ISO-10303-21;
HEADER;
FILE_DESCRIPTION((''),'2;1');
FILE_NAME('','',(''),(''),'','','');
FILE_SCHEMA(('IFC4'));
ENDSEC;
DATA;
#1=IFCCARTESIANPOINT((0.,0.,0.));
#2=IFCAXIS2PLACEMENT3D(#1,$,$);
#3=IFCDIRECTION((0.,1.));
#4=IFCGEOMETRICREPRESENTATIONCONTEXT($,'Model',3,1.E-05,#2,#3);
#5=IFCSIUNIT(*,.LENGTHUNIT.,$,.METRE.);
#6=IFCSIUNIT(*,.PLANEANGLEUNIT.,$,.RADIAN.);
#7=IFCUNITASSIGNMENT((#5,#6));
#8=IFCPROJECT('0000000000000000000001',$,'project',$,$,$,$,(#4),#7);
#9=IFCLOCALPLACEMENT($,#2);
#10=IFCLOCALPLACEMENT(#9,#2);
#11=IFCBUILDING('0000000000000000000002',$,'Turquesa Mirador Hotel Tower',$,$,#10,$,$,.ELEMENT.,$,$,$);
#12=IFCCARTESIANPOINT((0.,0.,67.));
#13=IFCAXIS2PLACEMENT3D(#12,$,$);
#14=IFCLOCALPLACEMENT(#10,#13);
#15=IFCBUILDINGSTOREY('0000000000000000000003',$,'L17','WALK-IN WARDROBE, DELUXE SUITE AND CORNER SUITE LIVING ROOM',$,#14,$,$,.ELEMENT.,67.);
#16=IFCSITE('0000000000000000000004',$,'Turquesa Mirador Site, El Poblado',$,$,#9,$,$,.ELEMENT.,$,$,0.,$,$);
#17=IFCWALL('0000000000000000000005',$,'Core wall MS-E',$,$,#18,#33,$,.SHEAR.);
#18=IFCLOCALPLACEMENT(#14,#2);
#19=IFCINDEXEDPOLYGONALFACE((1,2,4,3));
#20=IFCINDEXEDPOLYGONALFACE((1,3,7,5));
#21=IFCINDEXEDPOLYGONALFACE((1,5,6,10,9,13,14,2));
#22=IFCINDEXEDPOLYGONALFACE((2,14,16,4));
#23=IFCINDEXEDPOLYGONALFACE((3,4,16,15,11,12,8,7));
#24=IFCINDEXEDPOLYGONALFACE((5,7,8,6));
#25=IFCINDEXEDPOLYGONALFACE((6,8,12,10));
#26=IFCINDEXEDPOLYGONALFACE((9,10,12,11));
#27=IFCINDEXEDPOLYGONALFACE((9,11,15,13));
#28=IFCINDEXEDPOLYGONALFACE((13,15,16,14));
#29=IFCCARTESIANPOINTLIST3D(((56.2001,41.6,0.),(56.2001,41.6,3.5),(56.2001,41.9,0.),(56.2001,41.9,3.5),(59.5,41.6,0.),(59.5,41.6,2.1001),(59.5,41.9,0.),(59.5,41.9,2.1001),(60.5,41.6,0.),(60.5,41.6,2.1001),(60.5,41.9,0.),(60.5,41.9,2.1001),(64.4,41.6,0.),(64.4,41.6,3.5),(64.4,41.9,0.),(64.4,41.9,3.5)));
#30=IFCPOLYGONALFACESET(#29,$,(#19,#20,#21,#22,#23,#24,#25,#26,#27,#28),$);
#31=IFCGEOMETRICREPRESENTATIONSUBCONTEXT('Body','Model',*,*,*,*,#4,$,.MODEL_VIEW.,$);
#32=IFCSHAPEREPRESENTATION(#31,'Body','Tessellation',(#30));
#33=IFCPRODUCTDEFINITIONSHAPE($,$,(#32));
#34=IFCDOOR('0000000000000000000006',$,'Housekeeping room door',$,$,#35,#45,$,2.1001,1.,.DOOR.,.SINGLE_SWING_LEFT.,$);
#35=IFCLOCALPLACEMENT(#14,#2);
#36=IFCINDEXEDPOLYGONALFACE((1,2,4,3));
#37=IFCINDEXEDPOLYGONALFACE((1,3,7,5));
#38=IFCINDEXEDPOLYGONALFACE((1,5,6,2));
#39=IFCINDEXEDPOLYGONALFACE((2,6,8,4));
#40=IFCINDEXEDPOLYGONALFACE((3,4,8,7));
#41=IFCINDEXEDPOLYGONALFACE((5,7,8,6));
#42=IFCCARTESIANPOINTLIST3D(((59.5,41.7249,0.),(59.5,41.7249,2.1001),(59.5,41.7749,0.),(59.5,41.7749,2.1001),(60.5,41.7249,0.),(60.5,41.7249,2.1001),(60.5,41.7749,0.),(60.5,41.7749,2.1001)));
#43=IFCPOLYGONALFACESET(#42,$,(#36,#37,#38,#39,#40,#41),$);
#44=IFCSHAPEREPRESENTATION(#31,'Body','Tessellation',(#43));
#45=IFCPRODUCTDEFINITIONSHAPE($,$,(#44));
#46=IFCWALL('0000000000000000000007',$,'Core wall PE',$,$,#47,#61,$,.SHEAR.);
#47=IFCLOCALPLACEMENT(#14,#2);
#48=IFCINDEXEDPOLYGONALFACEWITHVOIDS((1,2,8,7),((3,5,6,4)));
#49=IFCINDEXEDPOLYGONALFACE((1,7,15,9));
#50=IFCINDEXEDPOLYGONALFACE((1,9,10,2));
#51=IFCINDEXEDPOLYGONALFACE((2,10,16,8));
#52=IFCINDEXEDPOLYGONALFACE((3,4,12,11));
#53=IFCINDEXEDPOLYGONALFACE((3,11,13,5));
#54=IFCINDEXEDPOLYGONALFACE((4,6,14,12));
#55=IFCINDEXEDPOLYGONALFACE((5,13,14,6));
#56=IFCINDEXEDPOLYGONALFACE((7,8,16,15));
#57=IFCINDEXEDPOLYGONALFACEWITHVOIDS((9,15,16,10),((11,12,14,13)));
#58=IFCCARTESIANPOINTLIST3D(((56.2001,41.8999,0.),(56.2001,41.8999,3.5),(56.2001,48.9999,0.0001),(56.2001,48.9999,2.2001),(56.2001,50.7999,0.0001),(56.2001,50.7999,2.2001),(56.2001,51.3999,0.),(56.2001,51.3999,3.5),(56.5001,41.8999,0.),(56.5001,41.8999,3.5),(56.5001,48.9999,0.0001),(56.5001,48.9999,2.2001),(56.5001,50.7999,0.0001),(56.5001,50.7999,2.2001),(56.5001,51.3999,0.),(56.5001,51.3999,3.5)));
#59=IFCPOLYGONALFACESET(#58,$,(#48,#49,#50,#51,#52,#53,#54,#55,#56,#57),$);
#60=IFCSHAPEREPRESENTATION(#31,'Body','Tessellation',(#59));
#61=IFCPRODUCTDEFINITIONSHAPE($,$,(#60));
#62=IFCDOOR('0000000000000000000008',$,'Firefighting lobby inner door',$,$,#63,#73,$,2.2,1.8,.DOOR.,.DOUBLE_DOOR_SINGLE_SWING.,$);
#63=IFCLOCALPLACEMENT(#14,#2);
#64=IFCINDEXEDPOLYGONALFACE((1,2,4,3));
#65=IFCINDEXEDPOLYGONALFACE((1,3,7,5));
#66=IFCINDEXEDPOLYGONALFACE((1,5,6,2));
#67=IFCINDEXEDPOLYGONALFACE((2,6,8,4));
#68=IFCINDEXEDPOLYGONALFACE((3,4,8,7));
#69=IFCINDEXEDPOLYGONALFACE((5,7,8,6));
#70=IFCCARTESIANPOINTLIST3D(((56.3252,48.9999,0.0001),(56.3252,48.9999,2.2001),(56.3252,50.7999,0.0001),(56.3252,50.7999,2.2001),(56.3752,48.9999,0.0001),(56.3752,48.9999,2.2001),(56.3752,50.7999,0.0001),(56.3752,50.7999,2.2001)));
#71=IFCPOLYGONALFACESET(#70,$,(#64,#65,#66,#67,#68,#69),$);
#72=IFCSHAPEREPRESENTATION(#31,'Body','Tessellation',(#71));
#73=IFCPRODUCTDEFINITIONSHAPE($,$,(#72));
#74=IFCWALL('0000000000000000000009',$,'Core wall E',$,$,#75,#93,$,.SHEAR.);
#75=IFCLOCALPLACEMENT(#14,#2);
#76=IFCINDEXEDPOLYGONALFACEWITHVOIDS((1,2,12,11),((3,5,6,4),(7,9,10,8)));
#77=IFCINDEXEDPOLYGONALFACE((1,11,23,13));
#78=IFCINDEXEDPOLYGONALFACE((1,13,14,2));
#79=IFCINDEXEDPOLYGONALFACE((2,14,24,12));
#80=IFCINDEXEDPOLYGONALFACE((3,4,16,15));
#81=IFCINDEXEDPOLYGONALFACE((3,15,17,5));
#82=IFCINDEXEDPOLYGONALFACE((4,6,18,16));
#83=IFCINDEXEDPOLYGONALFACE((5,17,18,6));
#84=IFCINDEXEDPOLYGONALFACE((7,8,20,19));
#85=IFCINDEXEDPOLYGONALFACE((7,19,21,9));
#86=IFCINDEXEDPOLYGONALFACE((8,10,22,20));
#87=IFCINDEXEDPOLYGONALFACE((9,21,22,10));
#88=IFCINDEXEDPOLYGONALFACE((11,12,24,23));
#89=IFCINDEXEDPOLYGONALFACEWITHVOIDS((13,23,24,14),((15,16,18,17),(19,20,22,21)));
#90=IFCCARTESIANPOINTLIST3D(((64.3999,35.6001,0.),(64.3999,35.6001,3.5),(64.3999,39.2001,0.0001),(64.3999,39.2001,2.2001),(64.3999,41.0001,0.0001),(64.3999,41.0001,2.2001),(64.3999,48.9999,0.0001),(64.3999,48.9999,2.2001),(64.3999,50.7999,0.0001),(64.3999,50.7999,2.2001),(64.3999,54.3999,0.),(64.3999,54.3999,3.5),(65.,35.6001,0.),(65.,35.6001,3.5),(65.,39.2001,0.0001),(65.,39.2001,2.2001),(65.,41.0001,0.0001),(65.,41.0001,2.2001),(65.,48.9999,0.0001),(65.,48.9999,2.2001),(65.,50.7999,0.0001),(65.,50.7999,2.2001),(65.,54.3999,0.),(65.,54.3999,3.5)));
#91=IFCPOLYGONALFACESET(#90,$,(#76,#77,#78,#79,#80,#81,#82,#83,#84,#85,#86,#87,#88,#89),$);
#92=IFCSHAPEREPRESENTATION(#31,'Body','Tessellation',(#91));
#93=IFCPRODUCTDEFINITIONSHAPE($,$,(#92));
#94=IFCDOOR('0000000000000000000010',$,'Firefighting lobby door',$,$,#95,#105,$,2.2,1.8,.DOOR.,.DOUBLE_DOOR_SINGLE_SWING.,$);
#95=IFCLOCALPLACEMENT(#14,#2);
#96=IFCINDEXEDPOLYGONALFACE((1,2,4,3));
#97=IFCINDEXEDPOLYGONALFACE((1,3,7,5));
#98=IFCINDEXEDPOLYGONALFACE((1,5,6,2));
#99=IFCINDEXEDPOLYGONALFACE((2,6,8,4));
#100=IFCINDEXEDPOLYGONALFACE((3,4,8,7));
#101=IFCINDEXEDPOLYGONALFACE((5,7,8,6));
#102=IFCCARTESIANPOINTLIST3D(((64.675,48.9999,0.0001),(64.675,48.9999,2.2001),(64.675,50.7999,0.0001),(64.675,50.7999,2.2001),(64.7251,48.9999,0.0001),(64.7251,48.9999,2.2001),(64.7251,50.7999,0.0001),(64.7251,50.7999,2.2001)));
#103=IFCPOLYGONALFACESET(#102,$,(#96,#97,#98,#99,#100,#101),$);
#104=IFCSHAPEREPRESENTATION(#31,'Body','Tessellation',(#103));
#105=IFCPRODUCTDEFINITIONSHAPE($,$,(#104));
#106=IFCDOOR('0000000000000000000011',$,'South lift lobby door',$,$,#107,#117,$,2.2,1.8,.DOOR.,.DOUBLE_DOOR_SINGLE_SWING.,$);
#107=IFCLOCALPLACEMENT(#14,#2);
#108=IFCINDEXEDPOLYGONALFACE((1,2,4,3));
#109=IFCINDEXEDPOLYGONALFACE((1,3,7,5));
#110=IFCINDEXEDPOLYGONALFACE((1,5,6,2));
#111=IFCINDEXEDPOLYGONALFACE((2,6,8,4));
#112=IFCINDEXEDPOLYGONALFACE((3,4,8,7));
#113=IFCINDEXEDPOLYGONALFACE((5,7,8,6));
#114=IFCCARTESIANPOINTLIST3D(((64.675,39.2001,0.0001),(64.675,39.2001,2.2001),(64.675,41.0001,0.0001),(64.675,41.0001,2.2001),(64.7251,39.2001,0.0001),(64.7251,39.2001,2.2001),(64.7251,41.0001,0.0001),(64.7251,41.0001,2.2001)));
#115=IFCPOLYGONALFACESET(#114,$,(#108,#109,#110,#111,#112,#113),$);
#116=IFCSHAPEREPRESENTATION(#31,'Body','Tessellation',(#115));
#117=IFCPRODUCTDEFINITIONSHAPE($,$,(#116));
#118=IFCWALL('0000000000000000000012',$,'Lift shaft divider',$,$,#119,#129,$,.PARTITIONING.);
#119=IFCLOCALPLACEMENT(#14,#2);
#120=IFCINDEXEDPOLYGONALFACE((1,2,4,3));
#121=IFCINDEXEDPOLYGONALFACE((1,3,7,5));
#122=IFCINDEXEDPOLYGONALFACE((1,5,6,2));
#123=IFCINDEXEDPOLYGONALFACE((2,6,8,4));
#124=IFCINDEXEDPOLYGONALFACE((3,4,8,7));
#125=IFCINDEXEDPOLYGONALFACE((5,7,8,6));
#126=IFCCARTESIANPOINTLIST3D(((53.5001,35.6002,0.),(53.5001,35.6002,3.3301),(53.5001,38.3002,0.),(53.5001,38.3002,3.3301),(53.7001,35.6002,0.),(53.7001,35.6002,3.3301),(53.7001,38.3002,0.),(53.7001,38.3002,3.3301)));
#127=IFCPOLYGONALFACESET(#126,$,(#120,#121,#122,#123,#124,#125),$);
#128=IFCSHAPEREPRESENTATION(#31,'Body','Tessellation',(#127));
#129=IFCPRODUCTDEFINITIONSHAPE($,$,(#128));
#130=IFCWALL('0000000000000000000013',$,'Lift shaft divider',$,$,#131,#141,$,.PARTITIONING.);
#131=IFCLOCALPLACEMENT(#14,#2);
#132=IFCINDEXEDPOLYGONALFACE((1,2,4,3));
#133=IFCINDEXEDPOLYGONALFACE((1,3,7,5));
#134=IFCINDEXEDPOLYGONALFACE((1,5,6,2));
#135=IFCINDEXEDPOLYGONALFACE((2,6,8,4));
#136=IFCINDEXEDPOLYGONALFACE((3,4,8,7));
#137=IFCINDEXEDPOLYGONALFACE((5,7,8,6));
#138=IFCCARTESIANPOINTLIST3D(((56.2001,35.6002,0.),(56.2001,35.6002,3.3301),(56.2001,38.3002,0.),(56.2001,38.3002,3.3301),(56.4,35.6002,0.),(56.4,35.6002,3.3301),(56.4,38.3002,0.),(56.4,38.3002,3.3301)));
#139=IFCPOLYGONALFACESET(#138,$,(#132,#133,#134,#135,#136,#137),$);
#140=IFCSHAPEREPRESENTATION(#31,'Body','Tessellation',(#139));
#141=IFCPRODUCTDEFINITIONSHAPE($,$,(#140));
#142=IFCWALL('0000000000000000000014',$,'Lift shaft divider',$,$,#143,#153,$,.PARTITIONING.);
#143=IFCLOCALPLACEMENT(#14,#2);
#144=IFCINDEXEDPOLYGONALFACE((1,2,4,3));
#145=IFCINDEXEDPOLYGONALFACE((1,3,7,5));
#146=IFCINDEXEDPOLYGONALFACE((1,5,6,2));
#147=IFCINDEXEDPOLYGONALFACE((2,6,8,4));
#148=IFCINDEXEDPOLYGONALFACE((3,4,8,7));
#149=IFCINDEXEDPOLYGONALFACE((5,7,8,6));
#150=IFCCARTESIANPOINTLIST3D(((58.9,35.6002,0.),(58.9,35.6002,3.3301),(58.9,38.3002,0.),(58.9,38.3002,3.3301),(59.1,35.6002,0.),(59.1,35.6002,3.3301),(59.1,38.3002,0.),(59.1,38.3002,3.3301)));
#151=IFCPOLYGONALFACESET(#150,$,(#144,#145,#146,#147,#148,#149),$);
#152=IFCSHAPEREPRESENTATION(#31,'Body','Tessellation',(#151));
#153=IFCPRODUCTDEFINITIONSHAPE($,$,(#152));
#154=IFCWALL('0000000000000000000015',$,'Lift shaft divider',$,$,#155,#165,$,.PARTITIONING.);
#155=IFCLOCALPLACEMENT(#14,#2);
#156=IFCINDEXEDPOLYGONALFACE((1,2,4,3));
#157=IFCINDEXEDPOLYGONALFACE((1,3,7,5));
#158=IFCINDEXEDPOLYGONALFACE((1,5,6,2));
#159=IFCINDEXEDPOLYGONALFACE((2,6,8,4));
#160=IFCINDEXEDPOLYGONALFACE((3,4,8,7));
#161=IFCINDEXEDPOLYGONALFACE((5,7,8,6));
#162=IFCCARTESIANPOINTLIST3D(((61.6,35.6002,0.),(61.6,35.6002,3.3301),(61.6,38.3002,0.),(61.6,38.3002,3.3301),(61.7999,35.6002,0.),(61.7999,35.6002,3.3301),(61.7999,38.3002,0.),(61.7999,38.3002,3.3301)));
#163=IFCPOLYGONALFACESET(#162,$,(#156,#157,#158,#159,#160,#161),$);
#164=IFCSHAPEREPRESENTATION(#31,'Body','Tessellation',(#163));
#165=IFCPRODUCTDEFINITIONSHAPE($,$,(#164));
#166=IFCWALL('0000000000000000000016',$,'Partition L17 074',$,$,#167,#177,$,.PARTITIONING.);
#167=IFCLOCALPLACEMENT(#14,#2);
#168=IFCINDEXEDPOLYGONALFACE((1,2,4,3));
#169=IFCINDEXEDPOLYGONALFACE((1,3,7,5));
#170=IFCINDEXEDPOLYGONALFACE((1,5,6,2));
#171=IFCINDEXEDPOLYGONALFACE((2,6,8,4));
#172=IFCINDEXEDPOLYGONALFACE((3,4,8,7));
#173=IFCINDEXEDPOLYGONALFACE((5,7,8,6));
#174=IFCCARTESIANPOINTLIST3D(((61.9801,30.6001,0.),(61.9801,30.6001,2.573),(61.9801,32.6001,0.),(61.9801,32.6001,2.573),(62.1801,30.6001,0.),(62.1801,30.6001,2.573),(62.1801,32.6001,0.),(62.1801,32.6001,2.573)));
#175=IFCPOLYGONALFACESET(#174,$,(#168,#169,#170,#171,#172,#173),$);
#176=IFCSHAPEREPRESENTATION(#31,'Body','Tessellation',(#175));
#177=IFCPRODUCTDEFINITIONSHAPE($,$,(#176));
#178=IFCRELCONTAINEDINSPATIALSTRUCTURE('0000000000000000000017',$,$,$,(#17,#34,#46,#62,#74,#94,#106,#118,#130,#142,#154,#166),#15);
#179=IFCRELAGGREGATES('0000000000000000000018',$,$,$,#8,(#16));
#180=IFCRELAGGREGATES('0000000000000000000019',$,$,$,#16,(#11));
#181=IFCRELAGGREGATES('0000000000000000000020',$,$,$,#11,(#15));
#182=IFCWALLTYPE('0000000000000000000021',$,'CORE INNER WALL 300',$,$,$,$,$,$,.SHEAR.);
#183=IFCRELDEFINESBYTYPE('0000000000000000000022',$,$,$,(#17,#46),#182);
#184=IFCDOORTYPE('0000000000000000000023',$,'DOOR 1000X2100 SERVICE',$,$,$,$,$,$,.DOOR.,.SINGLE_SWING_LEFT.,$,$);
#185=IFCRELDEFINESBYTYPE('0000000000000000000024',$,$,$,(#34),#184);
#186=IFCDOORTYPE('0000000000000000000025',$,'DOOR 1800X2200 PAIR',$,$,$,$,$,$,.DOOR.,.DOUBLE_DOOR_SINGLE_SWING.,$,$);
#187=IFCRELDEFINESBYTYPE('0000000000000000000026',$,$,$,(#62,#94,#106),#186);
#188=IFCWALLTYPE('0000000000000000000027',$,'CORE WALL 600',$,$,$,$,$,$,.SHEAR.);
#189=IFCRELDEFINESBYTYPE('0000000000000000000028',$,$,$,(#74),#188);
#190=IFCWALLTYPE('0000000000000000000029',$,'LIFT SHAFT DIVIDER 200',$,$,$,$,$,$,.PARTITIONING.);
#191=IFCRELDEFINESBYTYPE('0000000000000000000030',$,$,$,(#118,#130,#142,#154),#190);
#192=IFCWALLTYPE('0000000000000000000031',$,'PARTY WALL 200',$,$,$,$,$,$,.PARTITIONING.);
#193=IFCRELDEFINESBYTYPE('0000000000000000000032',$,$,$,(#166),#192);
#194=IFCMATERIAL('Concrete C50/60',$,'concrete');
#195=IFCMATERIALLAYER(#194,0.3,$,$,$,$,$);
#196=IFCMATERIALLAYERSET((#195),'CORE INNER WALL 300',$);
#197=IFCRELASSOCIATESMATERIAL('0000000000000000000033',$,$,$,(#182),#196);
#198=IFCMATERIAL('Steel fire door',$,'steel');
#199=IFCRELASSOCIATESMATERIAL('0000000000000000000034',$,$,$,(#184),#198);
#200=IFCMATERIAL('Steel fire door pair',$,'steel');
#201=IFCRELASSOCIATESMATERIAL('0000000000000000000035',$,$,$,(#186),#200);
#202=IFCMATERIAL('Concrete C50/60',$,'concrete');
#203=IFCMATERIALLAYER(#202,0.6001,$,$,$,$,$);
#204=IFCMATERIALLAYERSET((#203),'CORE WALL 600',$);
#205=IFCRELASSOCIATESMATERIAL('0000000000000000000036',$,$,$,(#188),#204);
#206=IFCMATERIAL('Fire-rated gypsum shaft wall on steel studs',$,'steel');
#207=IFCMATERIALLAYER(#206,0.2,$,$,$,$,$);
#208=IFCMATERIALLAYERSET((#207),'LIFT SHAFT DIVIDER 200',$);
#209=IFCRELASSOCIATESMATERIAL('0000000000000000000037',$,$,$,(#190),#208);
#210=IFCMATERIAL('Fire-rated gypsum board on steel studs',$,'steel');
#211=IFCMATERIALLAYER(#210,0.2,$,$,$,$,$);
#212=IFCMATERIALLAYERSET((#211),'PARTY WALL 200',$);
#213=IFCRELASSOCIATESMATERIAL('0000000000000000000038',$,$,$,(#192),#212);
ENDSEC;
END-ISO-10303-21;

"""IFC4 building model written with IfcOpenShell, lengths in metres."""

from ifc_helpers import new_model, si_unit, direction, frame, frame_2d, origin, place, context, subcontext, project, spatial, rectangle, extrude, material, layer, layer_set, type_object, element, fill, save


model = new_model("IFC4")

# Units and contexts
model_context = context("Model", 3, precision=1e-05, world=origin(), true_north=direction((0.0, 1.0)))
body_context = subcontext(model_context, "Body", "Model", "MODEL_VIEW")
ifc_project = project(units=[si_unit("LENGTHUNIT", "METRE"), si_unit("PLANEANGLEUNIT", "RADIAN")], contexts=[model_context])

# Site, building, storey
site_placement = place(None, origin())
site = spatial("IfcSite", under=ifc_project, at=site_placement, Name="Turquesa Mirador Site, El Poblado", CompositionType="ELEMENT", RefElevation=0.0)
building_placement = place(site_placement, origin())
building = spatial("IfcBuilding", under=site, at=building_placement, Name="Turquesa Mirador Hotel Tower", CompositionType="ELEMENT")
storey_placement = place(building_placement, frame((0.0, 0.0, 67.0)))
storey = spatial("IfcBuildingStorey", under=building, at=storey_placement, Name="L17", Description="WALK-IN WARDROBE, DELUXE SUITE AND CORNER SUITE LIVING ROOM", CompositionType="ELEMENT", Elevation=67.0)

# Walls, openings, doors
ifc_material_1 = material(Name="Concrete C50/60", Category="concrete")
ifc_layer_1 = layer(ifc_material_1, 0.3)
ifc_layer_set_1 = layer_set([ifc_layer_1], Name="CORE INNER WALL 300")
wall_type_1 = type_object("IfcWallType", Name="CORE INNER WALL 300", PredefinedType="SHEAR", material=ifc_layer_set_1)
wall_1_placement = place(storey_placement, frame((56.2, 41.75, 0.0), z_axis=(0.0, 0.0, 1.0), x_axis=(1.0, 0.0, 0.0)))
wall_1 = element("IfcWall", 1, at=wall_1_placement, inside=storey, type_object=wall_type_1, Name="Core wall MS-E", PredefinedType="SHEAR", context=body_context, shape_type="SweptSolid", body=[
    extrude(rectangle(XDim=8.2, YDim=0.3, at=frame_2d((4.1001, 0.0))), origin(), (0.0, 0.0, 1.0), 3.5),
])
opening_1_placement = place(wall_1_placement, frame((3.3, 0.0, 0.0)))
opening_1 = element("IfcOpeningElement", 2, at=opening_1_placement, cuts=wall_1, PredefinedType="OPENING", context=body_context, shape_type="SweptSolid", body=[
    extrude(rectangle(XDim=1.0, YDim=2.1001, at=frame_2d((0.5, 1.05))), frame((0.0, 0.1599, 0.0), z_axis=(0.0, -1.0, 0.0), x_axis=(1.0, 0.0, 0.0)), (0.0, 0.0, 1.0), 0.3201),
])
ifc_material_2 = material(Name="Steel fire door", Category="steel")
door_type_1 = type_object("IfcDoorType", Name="DOOR 1000X2100 SERVICE", OperationType="SINGLE_SWING_LEFT", PredefinedType="DOOR", material=ifc_material_2)
door_1_placement = place(opening_1_placement, origin())
door_1 = element("IfcDoor", 3, at=door_1_placement, inside=storey, type_object=door_type_1, Name="Housekeeping room door", OperationType="SINGLE_SWING_LEFT", OverallHeight=2.1001, OverallWidth=1.0, PredefinedType="DOOR", context=body_context, shape_type="SweptSolid", body=[
    extrude(rectangle(XDim=1.0, YDim=2.1001, at=frame_2d((0.5, 1.05))), frame((0.0, 0.0249, 0.0), z_axis=(0.0, -1.0, 0.0), x_axis=(1.0, 0.0, 0.0)), (0.0, 0.0, 1.0), 0.05),
])
fill(opening_1, door_1)
wall_2_placement = place(storey_placement, frame((56.3501, 41.8999, 0.0), z_axis=(0.0, 0.0, 1.0), x_axis=(0.0, 1.0, 0.0)))
wall_2 = element("IfcWall", 4, at=wall_2_placement, inside=storey, type_object=wall_type_1, Name="Core wall PE", PredefinedType="SHEAR", context=body_context, shape_type="SweptSolid", body=[
    extrude(rectangle(XDim=9.5, YDim=0.3, at=frame_2d((4.75, 0.0))), origin(), (0.0, 0.0, 1.0), 3.5),
])
opening_2_placement = place(wall_2_placement, frame((7.1001, 0.0, 0.0)))
opening_2 = element("IfcOpeningElement", 5, at=opening_2_placement, cuts=wall_2, PredefinedType="OPENING", context=body_context, shape_type="SweptSolid", body=[
    extrude(rectangle(XDim=1.8, YDim=2.2, at=frame_2d((0.8999, 1.1001))), frame((0.0, 0.1599, 0.0), z_axis=(0.0, -1.0, 0.0), x_axis=(1.0, 0.0, 0.0)), (0.0, 0.0, 1.0), 0.3201),
])
ifc_material_3 = material(Name="Steel fire door pair", Category="steel")
door_type_2 = type_object("IfcDoorType", Name="DOOR 1800X2200 PAIR", OperationType="DOUBLE_DOOR_SINGLE_SWING", PredefinedType="DOOR", material=ifc_material_3)
door_2_placement = place(opening_2_placement, origin())
door_2 = element("IfcDoor", 6, at=door_2_placement, inside=storey, type_object=door_type_2, Name="Firefighting lobby inner door", OperationType="DOUBLE_DOOR_SINGLE_SWING", OverallHeight=2.2, OverallWidth=1.8, PredefinedType="DOOR", context=body_context, shape_type="SweptSolid", body=[
    extrude(rectangle(XDim=1.8, YDim=2.2, at=frame_2d((0.8999, 1.1001))), frame((0.0, 0.0249, 0.0), z_axis=(0.0, -1.0, 0.0), x_axis=(1.0, 0.0, 0.0)), (0.0, 0.0, 1.0), 0.05),
])
fill(opening_2, door_2)

# Wall, openings, doors
ifc_material_4 = material(Name="Concrete C50/60", Category="concrete")
ifc_layer_2 = layer(ifc_material_4, 0.6001)
ifc_layer_set_2 = layer_set([ifc_layer_2], Name="CORE WALL 600")
wall_type_2 = type_object("IfcWallType", Name="CORE WALL 600", PredefinedType="SHEAR", material=ifc_layer_set_2)
wall_3_placement = place(storey_placement, frame((64.7, 35.6001, 0.0), z_axis=(0.0, 0.0, 1.0), x_axis=(0.0, 1.0, 0.0)))
wall_3 = element("IfcWall", 7, at=wall_3_placement, inside=storey, type_object=wall_type_2, Name="Core wall E", PredefinedType="SHEAR", context=body_context, shape_type="SweptSolid", body=[
    extrude(rectangle(XDim=18.7998, YDim=0.6001, at=frame_2d((9.3999, 0.0))), origin(), (0.0, 0.0, 1.0), 3.5),
])
opening_3_placement = place(wall_3_placement, frame((13.3999, 0.0, 0.0)))
opening_3 = element("IfcOpeningElement", 8, at=opening_3_placement, cuts=wall_3, PredefinedType="OPENING", context=body_context, shape_type="SweptSolid", body=[
    extrude(rectangle(XDim=1.8, YDim=2.2, at=frame_2d((0.8999, 1.1001))), frame((0.0, 0.3101, 0.0), z_axis=(0.0, -1.0, 0.0), x_axis=(1.0, 0.0, 0.0)), (0.0, 0.0, 1.0), 0.6201),
])
opening_4_placement = place(wall_3_placement, frame((3.6001, 0.0, 0.0)))
opening_4 = element("IfcOpeningElement", 9, at=opening_4_placement, cuts=wall_3, PredefinedType="OPENING", context=body_context, shape_type="SweptSolid", body=[
    extrude(rectangle(XDim=1.8, YDim=2.2, at=frame_2d((0.8999, 1.1001))), frame((0.0, 0.3101, 0.0), z_axis=(0.0, -1.0, 0.0), x_axis=(1.0, 0.0, 0.0)), (0.0, 0.0, 1.0), 0.6201),
])
door_3_placement = place(opening_3_placement, origin())
door_3 = element("IfcDoor", 10, at=door_3_placement, inside=storey, type_object=door_type_2, Name="Firefighting lobby door", OperationType="DOUBLE_DOOR_SINGLE_SWING", OverallHeight=2.2, OverallWidth=1.8, PredefinedType="DOOR", context=body_context, shape_type="SweptSolid", body=[
    extrude(rectangle(XDim=1.8, YDim=2.2, at=frame_2d((0.8999, 1.1001))), frame((0.0, 0.0249, 0.0), z_axis=(0.0, -1.0, 0.0), x_axis=(1.0, 0.0, 0.0)), (0.0, 0.0, 1.0), 0.05),
])
fill(opening_3, door_3)
door_4_placement = place(opening_4_placement, origin())
door_4 = element("IfcDoor", 11, at=door_4_placement, inside=storey, type_object=door_type_2, Name="South lift lobby door", OperationType="DOUBLE_DOOR_SINGLE_SWING", OverallHeight=2.2, OverallWidth=1.8, PredefinedType="DOOR", context=body_context, shape_type="SweptSolid", body=[
    extrude(rectangle(XDim=1.8, YDim=2.2, at=frame_2d((0.8999, 1.1001))), frame((0.0, 0.0249, 0.0), z_axis=(0.0, -1.0, 0.0), x_axis=(1.0, 0.0, 0.0)), (0.0, 0.0, 1.0), 0.05),
])
fill(opening_4, door_4)

# Walls
ifc_material_5 = material(Name="Fire-rated gypsum shaft wall on steel studs", Category="steel")
ifc_layer_3 = layer(ifc_material_5, 0.2)
ifc_layer_set_3 = layer_set([ifc_layer_3], Name="LIFT SHAFT DIVIDER 200")
wall_type_3 = type_object("IfcWallType", Name="LIFT SHAFT DIVIDER 200", PredefinedType="PARTITIONING", material=ifc_layer_set_3)
for number, where, z_axis, x_axis, name in (
    (12, (53.6001, 35.6001, 0.0), (0.0, 0.0, 1.0), (0.0, 1.0, 0.0), "Lift shaft divider"),
    (13, (56.3, 35.6001, 0.0), (0.0, 0.0, 1.0), (0.0, 1.0, 0.0), "Lift shaft divider"),
    (14, (59.0, 35.6001, 0.0), (0.0, 0.0, 1.0), (0.0, 1.0, 0.0), "Lift shaft divider"),
    (15, (61.7, 35.6001, 0.0), (0.0, 0.0, 1.0), (0.0, 1.0, 0.0), "Lift shaft divider"),
):
    element("IfcWall", number, at=place(storey_placement, frame(where, z_axis=z_axis, x_axis=x_axis)), inside=storey, type_object=wall_type_3, Name=name, PredefinedType="PARTITIONING", context=body_context, shape_type="SweptSolid", body=[
        extrude(rectangle(XDim=2.7, YDim=0.2, at=frame_2d((1.3501, 0.0))), origin(), (0.0, 0.0, 1.0), 3.3301),
    ])
ifc_material_6 = material(Name="Fire-rated gypsum board on steel studs", Category="steel")
ifc_layer_4 = layer(ifc_material_6, 0.2)
ifc_layer_set_4 = layer_set([ifc_layer_4], Name="PARTY WALL 200")
wall_type_4 = type_object("IfcWallType", Name="PARTY WALL 200", PredefinedType="PARTITIONING", material=ifc_layer_set_4)
wall_4_placement = place(storey_placement, frame((62.0801, 30.6001, 0.0), z_axis=(0.0, 0.0, 1.0), x_axis=(0.0, 1.0, 0.0)))
element("IfcWall", 16, at=wall_4_placement, inside=storey, type_object=wall_type_4, Name="Partition L17 074", PredefinedType="PARTITIONING", context=body_context, shape_type="SweptSolid", body=[
    extrude(rectangle(XDim=2.0, YDim=0.2, at=frame_2d((1.0, 0.0))), origin(), (0.0, 0.0, 1.0), 2.573),
])

save(model, "model.ifc")
